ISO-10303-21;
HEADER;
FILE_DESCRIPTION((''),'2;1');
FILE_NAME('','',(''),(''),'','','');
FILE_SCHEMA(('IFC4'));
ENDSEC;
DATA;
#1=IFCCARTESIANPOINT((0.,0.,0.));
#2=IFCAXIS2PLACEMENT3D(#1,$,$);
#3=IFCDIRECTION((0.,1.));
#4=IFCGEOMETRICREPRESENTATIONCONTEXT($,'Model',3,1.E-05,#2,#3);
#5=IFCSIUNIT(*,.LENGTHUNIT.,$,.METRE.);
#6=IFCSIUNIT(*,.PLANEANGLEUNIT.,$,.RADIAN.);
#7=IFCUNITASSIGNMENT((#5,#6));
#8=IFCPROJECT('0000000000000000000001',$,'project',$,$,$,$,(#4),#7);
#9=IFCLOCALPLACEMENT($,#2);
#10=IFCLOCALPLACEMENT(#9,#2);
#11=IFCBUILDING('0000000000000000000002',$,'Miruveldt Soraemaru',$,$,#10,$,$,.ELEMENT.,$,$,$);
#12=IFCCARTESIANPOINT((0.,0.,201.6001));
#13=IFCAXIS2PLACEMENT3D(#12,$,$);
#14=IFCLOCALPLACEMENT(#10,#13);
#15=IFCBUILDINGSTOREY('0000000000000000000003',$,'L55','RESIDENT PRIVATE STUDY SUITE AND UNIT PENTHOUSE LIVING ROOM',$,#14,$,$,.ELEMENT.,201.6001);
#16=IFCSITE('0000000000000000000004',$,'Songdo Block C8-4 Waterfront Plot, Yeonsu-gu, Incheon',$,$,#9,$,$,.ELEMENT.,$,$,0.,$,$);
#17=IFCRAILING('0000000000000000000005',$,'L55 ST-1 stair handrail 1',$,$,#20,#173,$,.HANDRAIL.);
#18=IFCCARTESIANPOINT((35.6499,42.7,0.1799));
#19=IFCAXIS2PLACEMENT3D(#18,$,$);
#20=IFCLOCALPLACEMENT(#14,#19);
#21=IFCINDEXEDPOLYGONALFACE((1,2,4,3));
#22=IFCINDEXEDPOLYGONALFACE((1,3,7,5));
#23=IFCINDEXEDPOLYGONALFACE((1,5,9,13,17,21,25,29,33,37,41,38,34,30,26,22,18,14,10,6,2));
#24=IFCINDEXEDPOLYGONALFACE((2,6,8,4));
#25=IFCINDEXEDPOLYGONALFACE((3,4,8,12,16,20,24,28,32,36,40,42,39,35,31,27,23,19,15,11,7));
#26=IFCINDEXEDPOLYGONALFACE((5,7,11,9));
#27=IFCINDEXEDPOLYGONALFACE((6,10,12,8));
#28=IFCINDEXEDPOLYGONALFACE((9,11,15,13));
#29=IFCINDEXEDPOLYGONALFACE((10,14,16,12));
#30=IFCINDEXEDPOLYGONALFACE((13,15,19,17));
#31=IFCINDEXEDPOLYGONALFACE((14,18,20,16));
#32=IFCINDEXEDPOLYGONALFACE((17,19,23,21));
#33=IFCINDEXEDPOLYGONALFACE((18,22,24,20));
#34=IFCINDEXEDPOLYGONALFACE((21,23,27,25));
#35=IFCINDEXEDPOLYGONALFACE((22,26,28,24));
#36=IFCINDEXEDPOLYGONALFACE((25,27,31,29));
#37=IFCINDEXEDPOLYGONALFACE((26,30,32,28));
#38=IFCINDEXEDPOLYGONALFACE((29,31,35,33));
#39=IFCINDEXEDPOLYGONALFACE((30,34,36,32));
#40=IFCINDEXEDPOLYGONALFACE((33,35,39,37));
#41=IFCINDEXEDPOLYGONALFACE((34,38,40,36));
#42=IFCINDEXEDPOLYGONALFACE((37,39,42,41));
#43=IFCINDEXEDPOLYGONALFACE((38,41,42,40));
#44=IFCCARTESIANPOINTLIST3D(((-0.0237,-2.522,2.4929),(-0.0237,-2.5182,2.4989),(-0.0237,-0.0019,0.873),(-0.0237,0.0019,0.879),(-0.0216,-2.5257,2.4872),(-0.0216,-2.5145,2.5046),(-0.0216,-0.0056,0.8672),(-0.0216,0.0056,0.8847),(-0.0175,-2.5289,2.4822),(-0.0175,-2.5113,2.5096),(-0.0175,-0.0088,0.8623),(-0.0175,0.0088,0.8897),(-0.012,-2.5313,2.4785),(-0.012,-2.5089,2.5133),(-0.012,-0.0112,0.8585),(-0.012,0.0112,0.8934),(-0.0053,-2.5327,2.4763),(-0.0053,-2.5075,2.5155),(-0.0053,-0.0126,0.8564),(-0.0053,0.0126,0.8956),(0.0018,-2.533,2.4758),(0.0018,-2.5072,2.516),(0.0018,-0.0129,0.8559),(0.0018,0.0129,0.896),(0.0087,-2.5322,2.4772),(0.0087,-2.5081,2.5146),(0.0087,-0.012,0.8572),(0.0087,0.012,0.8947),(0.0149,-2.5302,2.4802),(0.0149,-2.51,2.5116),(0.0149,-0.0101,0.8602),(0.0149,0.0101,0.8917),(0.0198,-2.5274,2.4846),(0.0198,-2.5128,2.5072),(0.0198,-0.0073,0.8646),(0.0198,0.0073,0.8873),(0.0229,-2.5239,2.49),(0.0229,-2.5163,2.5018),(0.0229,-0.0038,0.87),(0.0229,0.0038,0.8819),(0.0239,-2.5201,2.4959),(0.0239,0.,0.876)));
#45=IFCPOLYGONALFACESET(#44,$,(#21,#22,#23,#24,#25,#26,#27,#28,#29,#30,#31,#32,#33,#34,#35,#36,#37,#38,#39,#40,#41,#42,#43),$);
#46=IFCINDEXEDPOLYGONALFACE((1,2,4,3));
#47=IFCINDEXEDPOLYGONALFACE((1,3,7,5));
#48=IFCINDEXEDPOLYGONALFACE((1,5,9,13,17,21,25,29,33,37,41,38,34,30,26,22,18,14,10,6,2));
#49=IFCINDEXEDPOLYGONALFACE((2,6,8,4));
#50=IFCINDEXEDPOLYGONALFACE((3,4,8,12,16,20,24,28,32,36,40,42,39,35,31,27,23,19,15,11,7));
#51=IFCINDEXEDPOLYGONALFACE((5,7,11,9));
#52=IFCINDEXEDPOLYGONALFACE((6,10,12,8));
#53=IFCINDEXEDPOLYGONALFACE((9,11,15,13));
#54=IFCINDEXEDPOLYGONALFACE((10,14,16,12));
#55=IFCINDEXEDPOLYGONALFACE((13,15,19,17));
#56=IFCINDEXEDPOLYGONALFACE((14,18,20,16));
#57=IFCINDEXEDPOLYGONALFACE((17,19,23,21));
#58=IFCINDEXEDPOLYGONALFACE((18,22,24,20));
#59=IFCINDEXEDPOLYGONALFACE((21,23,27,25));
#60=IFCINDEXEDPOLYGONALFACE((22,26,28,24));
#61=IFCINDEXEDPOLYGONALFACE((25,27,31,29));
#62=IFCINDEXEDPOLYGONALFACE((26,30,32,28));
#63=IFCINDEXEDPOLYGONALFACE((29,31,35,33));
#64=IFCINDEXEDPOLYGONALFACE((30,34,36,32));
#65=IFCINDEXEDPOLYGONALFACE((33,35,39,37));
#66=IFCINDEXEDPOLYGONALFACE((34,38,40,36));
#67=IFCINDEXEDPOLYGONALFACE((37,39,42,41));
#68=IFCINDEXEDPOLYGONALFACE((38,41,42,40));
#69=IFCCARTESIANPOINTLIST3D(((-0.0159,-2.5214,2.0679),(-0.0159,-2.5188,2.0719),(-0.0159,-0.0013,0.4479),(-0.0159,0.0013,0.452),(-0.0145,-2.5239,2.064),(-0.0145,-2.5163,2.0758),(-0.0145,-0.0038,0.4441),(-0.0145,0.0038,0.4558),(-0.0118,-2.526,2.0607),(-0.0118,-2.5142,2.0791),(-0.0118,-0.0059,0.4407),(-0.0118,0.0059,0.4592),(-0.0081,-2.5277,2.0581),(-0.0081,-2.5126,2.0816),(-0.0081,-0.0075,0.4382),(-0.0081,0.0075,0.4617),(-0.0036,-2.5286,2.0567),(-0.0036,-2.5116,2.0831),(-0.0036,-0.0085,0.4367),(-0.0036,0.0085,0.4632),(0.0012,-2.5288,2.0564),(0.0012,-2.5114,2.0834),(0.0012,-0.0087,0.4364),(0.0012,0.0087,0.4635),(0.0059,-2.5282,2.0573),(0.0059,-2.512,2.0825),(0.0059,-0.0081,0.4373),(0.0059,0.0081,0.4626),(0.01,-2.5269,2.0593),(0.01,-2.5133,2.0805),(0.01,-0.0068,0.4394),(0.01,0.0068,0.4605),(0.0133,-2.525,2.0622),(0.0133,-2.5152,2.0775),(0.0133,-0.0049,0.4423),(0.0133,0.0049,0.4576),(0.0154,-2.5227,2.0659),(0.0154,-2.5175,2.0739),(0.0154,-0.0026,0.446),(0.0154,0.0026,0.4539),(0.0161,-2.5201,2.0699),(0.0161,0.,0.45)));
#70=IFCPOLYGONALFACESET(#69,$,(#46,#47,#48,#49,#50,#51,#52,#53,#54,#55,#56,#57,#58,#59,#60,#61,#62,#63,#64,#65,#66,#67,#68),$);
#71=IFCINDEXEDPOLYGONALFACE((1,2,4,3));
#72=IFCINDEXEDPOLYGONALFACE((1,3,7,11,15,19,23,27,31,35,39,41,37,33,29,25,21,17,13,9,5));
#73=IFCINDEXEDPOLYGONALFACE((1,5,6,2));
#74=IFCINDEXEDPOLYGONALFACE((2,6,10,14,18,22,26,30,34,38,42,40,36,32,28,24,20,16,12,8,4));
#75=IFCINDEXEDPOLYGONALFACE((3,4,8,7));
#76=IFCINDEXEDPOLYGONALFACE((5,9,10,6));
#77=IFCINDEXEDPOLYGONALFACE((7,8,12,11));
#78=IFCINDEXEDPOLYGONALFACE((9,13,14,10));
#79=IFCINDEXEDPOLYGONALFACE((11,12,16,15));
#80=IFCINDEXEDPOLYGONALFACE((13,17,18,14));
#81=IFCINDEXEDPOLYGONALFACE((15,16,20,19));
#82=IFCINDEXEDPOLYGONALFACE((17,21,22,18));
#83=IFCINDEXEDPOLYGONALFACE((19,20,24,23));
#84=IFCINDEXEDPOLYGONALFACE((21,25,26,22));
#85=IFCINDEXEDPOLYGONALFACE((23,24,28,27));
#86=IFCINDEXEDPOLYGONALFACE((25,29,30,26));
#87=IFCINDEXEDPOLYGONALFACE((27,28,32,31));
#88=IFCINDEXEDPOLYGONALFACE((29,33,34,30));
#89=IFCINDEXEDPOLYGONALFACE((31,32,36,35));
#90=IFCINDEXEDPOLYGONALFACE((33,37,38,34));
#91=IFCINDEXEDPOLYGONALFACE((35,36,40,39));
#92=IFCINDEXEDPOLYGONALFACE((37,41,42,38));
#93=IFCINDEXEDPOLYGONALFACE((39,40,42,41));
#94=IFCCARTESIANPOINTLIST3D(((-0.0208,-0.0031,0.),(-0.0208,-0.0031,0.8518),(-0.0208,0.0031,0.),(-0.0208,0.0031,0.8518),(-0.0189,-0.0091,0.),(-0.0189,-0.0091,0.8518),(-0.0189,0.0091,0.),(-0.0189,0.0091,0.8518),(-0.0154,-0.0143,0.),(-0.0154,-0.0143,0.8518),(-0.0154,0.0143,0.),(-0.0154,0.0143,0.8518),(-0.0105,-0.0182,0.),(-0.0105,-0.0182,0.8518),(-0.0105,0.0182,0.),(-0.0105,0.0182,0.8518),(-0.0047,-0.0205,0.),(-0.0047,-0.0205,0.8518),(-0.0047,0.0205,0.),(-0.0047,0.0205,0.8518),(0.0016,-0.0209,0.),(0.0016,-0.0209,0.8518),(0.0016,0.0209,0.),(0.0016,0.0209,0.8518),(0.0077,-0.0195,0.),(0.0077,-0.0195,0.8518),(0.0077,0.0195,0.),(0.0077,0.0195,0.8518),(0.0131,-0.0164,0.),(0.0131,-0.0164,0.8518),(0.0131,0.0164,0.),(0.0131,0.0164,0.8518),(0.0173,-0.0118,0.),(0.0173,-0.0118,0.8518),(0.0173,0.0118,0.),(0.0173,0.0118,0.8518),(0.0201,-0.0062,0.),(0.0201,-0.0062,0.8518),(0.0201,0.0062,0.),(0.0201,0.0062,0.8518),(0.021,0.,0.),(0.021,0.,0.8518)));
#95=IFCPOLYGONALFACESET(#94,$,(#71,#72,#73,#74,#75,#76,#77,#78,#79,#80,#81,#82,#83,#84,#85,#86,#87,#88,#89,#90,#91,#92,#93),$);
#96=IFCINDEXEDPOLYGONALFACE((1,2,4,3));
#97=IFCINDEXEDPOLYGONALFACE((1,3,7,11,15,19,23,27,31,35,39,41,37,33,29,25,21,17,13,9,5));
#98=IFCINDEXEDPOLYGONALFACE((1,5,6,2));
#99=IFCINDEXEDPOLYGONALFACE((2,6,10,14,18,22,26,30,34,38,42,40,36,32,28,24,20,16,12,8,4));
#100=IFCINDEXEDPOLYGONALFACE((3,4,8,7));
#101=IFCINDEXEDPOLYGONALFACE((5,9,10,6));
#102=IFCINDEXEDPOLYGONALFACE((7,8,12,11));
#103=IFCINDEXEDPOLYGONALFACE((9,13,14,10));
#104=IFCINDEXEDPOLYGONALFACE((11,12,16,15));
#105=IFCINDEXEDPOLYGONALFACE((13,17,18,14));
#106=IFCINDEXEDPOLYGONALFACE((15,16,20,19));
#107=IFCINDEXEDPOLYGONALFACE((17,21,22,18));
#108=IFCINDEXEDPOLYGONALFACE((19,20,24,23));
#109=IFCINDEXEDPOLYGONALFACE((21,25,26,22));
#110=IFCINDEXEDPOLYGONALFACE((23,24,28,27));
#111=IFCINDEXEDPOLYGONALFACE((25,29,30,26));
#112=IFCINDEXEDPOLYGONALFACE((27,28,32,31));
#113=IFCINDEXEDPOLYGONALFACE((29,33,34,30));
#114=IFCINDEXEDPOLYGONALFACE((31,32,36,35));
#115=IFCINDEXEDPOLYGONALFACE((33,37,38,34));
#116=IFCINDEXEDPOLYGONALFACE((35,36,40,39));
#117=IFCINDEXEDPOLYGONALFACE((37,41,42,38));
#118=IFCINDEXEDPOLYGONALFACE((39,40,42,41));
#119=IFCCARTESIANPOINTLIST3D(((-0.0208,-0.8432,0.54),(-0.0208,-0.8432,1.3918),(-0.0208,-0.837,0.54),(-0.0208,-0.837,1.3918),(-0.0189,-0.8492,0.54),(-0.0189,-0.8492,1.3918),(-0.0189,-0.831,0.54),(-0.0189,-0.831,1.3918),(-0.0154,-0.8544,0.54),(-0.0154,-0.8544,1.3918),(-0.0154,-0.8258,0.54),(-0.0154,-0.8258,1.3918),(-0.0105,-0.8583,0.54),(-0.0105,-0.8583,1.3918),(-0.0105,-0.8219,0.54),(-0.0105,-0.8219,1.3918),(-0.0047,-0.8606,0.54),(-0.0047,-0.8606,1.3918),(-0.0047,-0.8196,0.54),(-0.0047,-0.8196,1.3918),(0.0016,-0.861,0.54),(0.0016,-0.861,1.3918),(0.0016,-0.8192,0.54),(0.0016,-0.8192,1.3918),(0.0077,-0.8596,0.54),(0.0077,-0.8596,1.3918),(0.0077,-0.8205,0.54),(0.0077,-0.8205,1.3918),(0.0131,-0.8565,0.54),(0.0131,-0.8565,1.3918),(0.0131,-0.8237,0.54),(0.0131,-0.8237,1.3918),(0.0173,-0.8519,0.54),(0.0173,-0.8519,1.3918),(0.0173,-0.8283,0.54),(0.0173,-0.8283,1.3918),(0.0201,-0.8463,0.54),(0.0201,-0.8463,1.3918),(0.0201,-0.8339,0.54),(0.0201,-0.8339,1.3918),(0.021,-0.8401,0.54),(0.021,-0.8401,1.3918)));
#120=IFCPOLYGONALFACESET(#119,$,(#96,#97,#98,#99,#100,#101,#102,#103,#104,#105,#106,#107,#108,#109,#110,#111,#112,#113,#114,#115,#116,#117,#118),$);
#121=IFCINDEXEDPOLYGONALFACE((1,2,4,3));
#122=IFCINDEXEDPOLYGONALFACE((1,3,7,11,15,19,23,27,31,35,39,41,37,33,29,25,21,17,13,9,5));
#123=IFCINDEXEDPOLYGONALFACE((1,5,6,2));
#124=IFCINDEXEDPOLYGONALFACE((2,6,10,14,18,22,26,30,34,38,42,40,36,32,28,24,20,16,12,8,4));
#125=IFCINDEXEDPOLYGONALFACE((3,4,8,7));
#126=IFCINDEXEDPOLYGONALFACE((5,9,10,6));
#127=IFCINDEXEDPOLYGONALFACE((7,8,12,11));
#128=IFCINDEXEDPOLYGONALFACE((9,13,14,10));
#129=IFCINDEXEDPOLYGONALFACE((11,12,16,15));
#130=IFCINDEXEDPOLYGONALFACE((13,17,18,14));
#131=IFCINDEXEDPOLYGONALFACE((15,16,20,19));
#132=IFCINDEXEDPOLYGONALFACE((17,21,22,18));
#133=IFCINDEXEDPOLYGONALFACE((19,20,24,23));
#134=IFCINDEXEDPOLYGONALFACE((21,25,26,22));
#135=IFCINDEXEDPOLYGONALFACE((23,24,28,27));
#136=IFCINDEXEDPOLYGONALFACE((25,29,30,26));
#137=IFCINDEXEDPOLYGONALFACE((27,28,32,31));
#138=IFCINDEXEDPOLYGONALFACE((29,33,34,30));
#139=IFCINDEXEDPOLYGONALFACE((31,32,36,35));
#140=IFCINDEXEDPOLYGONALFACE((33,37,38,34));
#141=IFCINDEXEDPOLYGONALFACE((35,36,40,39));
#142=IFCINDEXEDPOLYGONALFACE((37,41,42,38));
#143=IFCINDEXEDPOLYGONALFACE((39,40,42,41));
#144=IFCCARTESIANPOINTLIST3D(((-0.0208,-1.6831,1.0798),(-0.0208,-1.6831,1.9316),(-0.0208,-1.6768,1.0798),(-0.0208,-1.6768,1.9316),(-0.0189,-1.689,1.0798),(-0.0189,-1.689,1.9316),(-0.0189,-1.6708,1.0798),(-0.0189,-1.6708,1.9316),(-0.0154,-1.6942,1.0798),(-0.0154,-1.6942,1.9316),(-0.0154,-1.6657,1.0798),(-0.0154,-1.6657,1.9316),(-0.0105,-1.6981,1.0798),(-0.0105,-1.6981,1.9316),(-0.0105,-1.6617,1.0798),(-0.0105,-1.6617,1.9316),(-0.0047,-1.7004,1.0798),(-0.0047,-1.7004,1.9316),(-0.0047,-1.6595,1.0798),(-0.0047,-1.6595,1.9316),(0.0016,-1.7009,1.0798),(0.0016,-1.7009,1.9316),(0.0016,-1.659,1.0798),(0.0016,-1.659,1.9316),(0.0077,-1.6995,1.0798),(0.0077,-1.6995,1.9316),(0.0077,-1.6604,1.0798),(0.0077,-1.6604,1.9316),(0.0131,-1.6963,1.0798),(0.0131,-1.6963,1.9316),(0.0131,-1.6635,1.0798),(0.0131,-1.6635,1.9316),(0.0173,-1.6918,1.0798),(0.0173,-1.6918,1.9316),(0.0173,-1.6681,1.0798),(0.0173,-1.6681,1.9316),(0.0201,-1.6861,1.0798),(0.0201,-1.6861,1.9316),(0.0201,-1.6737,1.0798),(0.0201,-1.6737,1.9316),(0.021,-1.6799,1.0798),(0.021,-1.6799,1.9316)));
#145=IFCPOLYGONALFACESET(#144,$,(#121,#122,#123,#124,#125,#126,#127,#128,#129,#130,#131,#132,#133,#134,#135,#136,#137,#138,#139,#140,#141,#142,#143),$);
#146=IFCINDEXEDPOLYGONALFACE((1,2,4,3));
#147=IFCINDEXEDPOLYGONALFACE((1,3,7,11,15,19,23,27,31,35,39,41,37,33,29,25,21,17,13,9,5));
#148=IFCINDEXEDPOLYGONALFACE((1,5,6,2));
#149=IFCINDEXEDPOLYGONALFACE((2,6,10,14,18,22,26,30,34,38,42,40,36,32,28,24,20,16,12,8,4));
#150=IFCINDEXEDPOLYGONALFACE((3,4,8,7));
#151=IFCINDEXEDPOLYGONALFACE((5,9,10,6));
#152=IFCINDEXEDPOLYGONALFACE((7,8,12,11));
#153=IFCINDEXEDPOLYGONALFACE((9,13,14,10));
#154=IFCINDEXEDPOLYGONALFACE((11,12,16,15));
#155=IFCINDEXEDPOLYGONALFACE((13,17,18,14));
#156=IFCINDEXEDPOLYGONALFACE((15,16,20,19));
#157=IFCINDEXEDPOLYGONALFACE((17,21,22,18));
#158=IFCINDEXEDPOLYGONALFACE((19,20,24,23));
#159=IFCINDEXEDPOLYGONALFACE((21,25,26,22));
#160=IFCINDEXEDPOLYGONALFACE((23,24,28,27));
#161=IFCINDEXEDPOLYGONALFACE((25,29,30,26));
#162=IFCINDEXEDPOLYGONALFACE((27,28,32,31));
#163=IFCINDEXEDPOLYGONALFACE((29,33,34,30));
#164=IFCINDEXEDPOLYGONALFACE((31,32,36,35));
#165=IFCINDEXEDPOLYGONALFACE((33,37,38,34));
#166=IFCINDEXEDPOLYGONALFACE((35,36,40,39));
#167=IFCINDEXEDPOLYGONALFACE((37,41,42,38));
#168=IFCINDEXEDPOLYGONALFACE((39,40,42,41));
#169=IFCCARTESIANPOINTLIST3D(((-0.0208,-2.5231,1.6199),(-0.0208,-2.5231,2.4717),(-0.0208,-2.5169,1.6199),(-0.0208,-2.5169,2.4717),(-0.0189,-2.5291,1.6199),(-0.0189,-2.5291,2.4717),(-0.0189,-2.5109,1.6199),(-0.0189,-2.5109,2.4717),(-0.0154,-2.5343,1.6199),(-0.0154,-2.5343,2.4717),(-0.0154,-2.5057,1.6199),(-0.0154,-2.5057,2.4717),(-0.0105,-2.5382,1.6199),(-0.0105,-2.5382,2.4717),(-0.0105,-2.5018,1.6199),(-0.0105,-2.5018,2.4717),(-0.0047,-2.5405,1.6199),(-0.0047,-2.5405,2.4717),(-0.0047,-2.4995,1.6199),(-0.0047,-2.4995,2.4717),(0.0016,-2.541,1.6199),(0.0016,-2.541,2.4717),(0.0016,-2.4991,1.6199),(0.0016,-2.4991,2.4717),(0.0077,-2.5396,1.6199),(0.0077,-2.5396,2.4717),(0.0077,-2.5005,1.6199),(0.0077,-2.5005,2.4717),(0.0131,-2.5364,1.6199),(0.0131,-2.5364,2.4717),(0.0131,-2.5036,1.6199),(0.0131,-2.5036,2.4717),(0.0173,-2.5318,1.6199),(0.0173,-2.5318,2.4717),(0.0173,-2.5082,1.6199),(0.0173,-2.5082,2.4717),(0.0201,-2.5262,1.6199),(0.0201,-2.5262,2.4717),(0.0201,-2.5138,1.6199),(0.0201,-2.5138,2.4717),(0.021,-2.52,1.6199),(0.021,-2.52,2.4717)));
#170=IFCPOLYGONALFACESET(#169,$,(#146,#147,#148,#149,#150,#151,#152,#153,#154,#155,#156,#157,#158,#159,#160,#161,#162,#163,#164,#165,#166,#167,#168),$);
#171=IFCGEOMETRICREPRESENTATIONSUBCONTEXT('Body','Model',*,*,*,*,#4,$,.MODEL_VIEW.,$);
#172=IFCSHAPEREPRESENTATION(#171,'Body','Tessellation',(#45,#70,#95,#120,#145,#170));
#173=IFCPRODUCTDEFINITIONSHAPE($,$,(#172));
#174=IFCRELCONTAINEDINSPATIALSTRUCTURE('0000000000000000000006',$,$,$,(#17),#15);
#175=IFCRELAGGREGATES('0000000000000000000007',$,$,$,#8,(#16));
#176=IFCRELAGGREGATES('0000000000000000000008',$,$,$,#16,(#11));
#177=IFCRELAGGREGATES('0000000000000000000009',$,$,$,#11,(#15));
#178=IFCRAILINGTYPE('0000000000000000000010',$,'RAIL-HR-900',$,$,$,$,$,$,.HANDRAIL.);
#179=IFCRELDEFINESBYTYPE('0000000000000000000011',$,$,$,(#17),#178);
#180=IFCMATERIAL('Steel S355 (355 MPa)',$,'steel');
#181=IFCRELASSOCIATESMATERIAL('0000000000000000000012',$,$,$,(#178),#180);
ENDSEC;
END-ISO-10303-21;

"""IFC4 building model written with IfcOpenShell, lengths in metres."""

from ifc_helpers import new_model, si_unit, direction, frame, origin, origin_2d, place, context, subcontext, project, spatial, circle, extrude, material, type_object, element, save


model = new_model("IFC4")

# Units and contexts
model_context = context("Model", 3, precision=1e-05, world=origin(), true_north=direction((0.0, 1.0)))
body_context = subcontext(model_context, "Body", "Model", "MODEL_VIEW")
ifc_project = project(units=[si_unit("LENGTHUNIT", "METRE"), si_unit("PLANEANGLEUNIT", "RADIAN")], contexts=[model_context])

# Site, building, storey
site_placement = place(None, origin())
site = spatial("IfcSite", under=ifc_project, at=site_placement, Name="Songdo Block C8-4 Waterfront Plot, Yeonsu-gu, Incheon", CompositionType="ELEMENT", RefElevation=0.0)
building_placement = place(site_placement, origin())
building = spatial("IfcBuilding", under=site, at=building_placement, Name="Miruveldt Soraemaru", CompositionType="ELEMENT")
storey_placement = place(building_placement, frame((0.0, 0.0, 201.6001)))
storey = spatial("IfcBuildingStorey", under=building, at=storey_placement, Name="L55", Description="RESIDENT PRIVATE STUDY SUITE AND UNIT PENTHOUSE LIVING ROOM", CompositionType="ELEMENT", Elevation=201.6001)

# Railing
ifc_material_1 = material(Name="Steel S355 (355 MPa)", Category="steel")
railing_type_1 = type_object("IfcRailingType", Name="RAIL-HR-900", PredefinedType="HANDRAIL", material=ifc_material_1)
railing_1_placement = place(storey_placement, frame((35.6499, 42.7, 0.1799)))
element("IfcRailing", 1, at=railing_1_placement, inside=storey, type_object=railing_type_1, Name="L55 ST-1 stair handrail 1", PredefinedType="HANDRAIL", context=body_context, shape_type="SweptSolid", body=[
    extrude(circle(Radius=0.0239, at=origin_2d()), frame((0.0, 0.0, 0.876), z_axis=(0.0, -0.8412, 0.540725), x_axis=(1.0, 0.0, 0.0)), (0.0, 0.0, 1.0), 2.9958),
    extrude(circle(Radius=0.0161, at=origin_2d()), frame((0.0, 0.0, 0.45), z_axis=(0.0, -0.8412, 0.540725), x_axis=(1.0, 0.0, 0.0)), (0.0, 0.0, 1.0), 2.9958),
    extrude(circle(Radius=0.021, at=origin_2d()), origin(), (0.0, 0.0, 1.0), 0.8518),
    extrude(circle(Radius=0.021, at=origin_2d()), frame((0.0, -0.8401, 0.54)), (0.0, 0.0, 1.0), 0.8518),
    extrude(circle(Radius=0.021, at=origin_2d()), frame((0.0, -1.6799, 1.0798)), (0.0, 0.0, 1.0), 0.8518),
    extrude(circle(Radius=0.021, at=origin_2d()), frame((0.0, -2.52, 1.6199)), (0.0, 0.0, 1.0), 0.8518),
])

save(model, "model.ifc")
